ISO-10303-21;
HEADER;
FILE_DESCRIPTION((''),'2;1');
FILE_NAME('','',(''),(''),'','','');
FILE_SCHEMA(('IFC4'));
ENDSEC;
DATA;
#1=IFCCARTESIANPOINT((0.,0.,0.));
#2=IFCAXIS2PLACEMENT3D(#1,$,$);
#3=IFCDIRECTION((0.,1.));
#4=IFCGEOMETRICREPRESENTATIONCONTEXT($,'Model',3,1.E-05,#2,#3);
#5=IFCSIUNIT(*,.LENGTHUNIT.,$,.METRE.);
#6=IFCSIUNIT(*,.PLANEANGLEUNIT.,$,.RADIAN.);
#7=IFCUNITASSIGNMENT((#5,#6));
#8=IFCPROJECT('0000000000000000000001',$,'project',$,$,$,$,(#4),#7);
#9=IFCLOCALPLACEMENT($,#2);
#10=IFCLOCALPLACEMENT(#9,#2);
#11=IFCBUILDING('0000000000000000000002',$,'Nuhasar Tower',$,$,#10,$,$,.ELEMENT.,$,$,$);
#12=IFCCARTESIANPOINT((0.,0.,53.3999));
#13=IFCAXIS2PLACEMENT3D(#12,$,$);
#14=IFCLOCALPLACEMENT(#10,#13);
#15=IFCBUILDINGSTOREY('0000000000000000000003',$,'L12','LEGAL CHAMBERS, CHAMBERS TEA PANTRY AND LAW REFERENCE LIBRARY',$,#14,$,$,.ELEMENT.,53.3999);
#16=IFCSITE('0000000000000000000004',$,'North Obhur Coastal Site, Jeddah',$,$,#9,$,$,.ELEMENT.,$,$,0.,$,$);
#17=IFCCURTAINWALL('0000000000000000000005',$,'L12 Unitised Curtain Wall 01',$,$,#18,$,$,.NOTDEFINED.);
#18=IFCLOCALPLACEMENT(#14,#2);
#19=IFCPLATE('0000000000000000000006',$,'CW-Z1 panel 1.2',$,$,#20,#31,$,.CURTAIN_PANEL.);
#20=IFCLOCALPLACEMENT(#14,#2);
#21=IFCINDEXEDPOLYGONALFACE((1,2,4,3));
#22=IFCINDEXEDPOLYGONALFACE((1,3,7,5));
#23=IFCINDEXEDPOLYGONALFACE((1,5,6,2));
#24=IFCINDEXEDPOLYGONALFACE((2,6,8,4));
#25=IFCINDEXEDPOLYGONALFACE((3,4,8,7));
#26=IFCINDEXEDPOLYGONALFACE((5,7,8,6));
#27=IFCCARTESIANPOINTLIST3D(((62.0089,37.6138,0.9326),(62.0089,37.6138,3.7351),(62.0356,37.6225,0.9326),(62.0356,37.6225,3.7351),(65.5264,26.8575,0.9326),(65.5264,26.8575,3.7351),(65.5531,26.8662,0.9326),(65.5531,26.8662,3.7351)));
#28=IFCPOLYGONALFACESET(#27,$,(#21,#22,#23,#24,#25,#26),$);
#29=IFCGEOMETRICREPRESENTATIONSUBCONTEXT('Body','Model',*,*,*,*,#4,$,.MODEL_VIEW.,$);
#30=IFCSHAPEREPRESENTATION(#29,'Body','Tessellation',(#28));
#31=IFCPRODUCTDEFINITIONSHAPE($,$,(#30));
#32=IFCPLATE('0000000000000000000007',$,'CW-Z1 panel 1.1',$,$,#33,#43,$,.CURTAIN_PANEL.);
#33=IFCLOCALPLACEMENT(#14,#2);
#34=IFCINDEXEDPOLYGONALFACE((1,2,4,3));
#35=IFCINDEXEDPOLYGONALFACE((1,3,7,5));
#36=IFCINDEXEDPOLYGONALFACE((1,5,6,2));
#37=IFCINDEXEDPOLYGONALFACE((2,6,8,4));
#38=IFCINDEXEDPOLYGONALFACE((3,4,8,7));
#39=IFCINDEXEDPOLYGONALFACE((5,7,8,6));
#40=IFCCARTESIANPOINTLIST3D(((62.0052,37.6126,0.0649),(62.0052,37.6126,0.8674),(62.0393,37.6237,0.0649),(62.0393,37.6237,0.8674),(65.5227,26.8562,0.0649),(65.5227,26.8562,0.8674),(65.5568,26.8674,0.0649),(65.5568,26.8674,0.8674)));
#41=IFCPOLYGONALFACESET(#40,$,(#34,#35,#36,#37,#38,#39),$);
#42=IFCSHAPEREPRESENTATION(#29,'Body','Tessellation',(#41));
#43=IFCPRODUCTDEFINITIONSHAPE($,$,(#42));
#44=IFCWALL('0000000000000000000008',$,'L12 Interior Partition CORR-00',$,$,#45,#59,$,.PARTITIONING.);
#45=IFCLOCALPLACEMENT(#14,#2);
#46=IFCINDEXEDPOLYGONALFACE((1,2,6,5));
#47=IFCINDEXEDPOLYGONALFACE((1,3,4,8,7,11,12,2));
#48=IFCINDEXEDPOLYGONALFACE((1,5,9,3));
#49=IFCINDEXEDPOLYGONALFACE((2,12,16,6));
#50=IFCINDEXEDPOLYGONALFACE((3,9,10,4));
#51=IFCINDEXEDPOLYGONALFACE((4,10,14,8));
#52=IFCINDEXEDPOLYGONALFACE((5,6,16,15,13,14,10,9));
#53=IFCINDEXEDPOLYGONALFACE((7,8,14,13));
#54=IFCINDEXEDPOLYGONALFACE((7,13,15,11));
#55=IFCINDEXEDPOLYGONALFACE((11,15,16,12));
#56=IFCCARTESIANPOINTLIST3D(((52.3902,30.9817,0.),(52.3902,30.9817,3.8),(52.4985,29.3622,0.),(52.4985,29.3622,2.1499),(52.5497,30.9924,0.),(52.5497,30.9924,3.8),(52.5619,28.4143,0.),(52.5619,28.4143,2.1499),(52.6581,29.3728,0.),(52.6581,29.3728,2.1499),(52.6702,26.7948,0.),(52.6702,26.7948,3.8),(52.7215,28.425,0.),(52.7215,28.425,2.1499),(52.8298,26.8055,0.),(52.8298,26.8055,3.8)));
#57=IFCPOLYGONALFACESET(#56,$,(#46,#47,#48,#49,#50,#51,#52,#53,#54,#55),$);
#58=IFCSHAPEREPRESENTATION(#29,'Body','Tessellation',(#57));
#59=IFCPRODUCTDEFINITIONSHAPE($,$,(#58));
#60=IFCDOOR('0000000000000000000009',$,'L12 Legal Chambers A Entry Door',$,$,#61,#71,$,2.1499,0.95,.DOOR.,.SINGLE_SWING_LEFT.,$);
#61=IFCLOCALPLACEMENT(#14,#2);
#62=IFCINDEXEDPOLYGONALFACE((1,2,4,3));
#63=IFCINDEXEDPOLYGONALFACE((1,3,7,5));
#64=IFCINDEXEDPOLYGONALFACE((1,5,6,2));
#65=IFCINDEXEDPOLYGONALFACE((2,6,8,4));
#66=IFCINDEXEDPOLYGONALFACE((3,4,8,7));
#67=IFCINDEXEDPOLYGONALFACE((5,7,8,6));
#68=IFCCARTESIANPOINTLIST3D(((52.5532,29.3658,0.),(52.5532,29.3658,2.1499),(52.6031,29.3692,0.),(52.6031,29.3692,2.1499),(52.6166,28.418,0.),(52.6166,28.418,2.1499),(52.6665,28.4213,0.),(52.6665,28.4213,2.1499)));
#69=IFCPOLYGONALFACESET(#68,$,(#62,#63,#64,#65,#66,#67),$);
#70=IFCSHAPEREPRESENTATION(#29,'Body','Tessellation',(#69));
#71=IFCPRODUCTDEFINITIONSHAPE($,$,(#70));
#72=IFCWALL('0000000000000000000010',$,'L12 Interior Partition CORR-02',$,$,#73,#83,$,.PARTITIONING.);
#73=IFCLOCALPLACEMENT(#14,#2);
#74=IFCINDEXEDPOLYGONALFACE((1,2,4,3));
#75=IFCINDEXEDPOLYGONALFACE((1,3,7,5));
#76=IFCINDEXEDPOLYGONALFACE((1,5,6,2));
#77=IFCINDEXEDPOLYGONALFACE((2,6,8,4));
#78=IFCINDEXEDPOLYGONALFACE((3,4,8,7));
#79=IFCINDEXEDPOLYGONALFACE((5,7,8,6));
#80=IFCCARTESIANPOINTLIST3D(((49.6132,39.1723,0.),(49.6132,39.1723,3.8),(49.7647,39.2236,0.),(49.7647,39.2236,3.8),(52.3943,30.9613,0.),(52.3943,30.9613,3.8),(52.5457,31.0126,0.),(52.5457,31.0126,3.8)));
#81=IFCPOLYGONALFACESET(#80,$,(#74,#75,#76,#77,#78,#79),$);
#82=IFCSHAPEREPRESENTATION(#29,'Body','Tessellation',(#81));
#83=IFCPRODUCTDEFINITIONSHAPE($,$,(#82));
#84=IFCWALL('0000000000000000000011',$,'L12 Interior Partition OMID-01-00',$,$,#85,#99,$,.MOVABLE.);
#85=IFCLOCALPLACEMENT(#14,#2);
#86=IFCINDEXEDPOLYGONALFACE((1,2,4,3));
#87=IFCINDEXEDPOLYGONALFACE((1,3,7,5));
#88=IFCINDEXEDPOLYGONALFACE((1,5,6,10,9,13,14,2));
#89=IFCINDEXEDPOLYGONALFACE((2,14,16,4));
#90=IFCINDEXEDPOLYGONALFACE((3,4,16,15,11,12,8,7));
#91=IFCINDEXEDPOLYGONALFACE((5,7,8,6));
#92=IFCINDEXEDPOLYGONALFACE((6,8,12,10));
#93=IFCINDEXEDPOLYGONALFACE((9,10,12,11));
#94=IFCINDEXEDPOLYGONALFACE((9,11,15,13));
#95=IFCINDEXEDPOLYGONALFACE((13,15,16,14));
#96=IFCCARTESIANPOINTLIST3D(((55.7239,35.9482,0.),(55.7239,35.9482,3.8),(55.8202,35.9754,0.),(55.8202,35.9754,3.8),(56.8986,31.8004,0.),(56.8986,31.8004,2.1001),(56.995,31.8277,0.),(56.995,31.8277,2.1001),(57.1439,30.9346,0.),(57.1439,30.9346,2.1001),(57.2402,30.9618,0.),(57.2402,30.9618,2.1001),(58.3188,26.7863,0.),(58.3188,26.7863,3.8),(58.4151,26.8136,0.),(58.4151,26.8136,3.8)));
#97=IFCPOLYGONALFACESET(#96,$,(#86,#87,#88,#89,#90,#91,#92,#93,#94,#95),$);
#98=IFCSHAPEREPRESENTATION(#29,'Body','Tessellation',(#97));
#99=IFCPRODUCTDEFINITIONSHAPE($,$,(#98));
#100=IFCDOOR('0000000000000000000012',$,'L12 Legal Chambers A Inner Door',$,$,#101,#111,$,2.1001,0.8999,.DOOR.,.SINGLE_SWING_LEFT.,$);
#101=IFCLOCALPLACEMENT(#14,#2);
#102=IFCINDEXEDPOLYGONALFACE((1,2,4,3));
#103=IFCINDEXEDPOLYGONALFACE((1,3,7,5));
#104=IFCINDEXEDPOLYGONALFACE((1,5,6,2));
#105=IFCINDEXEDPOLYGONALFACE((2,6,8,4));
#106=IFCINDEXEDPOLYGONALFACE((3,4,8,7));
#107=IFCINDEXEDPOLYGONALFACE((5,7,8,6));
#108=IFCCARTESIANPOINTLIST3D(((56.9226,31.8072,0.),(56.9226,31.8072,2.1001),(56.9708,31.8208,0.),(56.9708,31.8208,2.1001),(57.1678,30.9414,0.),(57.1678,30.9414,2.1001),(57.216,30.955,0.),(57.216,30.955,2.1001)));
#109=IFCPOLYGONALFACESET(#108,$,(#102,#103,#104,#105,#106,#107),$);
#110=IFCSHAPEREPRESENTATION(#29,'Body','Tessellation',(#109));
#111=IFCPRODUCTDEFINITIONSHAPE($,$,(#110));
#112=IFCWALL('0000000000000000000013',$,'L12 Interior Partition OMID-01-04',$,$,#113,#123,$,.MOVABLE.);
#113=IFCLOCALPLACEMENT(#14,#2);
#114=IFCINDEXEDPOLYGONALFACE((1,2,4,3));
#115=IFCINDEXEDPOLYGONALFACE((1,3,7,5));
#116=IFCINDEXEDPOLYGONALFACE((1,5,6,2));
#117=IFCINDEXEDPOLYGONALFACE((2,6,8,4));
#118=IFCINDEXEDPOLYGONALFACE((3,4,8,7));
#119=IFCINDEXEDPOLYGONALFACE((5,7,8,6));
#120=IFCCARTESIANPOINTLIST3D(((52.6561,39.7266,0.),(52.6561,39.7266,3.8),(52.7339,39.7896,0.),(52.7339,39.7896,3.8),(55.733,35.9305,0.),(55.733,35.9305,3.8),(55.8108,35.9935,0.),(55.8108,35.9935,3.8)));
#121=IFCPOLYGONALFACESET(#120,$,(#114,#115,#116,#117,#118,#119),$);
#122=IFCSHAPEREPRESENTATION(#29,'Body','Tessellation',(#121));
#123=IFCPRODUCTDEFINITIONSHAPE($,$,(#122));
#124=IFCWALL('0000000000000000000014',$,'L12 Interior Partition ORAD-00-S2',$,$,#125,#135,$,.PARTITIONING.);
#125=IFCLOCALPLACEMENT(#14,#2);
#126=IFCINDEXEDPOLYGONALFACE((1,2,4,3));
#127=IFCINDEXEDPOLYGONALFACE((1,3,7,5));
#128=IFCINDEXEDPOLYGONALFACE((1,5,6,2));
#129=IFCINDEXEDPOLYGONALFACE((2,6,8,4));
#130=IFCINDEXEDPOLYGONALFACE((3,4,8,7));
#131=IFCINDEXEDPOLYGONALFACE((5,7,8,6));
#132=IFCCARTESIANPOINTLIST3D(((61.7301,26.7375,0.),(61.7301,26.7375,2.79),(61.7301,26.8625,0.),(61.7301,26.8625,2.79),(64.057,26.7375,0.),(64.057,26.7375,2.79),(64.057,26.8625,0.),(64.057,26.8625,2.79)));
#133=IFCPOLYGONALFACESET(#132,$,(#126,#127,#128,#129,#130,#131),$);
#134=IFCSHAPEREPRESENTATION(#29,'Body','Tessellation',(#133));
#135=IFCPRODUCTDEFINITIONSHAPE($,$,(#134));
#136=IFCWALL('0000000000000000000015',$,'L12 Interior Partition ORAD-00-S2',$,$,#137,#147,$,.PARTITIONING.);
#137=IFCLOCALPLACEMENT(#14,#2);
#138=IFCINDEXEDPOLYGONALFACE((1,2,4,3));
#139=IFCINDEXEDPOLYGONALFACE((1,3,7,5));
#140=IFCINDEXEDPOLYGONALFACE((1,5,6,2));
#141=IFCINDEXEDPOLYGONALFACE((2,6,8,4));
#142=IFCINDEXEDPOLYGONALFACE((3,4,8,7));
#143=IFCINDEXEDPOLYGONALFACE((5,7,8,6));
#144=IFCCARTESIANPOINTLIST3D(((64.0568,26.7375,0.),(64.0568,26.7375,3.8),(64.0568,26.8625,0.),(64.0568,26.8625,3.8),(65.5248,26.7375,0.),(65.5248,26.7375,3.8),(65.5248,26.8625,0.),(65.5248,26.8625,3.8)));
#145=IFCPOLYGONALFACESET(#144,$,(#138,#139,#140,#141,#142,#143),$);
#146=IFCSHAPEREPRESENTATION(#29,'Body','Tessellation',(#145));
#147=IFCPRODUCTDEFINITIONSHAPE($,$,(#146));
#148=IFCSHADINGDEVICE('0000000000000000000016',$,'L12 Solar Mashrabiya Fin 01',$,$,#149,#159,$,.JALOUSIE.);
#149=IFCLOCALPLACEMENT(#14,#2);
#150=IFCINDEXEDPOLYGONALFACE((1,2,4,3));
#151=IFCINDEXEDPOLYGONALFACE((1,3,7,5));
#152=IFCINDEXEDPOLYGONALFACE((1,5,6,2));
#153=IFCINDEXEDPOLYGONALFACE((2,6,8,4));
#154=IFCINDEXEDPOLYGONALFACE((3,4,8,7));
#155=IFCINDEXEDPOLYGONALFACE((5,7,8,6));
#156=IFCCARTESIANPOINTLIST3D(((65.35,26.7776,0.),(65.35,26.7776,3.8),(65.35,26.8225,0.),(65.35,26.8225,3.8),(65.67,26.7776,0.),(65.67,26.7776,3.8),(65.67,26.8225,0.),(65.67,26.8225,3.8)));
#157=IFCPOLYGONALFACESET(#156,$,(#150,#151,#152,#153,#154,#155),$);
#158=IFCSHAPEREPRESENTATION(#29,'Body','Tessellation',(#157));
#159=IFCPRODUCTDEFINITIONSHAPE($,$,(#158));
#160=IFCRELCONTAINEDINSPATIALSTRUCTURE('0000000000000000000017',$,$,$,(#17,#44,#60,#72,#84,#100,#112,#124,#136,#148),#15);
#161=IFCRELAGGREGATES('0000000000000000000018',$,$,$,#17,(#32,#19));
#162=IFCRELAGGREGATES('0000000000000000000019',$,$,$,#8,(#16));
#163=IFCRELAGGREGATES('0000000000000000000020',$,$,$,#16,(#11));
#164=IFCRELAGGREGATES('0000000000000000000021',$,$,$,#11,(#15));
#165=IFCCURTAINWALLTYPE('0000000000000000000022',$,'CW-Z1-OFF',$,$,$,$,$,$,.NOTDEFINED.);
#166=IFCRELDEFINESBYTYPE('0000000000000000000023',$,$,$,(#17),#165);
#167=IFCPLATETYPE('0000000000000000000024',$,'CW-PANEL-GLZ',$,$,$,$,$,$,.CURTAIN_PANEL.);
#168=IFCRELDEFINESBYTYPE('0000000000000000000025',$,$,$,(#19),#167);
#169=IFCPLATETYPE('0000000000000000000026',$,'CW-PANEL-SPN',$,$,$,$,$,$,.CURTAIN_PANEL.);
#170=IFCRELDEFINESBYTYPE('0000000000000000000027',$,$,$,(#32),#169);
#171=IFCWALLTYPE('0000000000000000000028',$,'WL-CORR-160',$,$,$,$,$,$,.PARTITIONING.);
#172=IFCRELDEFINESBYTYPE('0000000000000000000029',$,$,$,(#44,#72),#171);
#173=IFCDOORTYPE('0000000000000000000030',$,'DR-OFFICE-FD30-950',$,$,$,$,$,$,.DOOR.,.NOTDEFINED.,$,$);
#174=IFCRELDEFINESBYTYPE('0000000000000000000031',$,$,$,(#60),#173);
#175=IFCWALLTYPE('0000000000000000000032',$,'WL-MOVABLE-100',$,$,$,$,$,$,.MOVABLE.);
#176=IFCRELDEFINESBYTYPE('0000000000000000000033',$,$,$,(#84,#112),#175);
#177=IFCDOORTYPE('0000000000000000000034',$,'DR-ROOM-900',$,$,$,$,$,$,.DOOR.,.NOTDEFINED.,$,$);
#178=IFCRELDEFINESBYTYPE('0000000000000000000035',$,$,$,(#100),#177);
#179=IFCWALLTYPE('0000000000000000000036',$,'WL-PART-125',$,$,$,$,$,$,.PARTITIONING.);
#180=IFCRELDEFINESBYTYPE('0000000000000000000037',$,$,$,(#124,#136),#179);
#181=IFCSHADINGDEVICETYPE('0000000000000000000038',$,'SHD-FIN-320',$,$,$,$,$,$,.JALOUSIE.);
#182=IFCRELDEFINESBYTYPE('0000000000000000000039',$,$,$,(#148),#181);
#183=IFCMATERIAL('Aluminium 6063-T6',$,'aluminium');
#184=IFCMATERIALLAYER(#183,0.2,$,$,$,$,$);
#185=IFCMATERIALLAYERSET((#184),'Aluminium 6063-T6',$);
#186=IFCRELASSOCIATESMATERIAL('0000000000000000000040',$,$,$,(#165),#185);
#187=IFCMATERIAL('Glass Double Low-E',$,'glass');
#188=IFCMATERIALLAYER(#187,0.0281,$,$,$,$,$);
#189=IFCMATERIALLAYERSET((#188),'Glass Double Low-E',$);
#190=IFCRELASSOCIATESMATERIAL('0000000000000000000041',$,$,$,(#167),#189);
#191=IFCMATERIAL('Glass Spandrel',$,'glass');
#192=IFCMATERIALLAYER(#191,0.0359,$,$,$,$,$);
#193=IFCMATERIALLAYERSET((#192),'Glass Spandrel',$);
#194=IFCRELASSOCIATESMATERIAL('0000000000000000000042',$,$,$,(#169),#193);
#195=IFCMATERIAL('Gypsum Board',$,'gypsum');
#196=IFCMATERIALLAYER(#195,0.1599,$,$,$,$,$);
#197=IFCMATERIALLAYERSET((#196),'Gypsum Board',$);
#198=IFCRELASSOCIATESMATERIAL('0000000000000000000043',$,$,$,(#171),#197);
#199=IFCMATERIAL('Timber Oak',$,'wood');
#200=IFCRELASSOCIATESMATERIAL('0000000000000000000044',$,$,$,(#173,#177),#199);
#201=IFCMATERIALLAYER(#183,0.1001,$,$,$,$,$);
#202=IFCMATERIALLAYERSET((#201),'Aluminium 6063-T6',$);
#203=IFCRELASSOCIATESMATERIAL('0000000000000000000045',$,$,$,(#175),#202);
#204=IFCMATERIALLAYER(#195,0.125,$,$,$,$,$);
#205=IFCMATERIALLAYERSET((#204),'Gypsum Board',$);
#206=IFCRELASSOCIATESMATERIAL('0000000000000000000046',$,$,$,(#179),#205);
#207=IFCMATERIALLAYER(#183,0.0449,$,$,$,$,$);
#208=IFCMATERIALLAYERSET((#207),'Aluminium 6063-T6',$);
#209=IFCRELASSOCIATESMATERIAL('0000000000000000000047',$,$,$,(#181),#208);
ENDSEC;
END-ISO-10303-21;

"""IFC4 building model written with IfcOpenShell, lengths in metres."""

from ifc_helpers import new_model, si_unit, direction, frame, frame_2d, origin, origin_2d, place, context, subcontext, project, spatial, rectangle, extrude, material, layer, layer_set, type_object, element, fill, aggregate, save


model = new_model("IFC4")

# Units and contexts
model_context = context("Model", 3, precision=1e-05, world=origin(), true_north=direction((0.0, 1.0)))
body_context = subcontext(model_context, "Body", "Model", "MODEL_VIEW")
ifc_project = project(units=[si_unit("LENGTHUNIT", "METRE"), si_unit("PLANEANGLEUNIT", "RADIAN")], contexts=[model_context])

# Site, building, storey
site_placement = place(None, origin())
site = spatial("IfcSite", under=ifc_project, at=site_placement, Name="North Obhur Coastal Site, Jeddah", CompositionType="ELEMENT", RefElevation=0.0)
building_placement = place(site_placement, origin())
building = spatial("IfcBuilding", under=site, at=building_placement, Name="Nuhasar Tower", CompositionType="ELEMENT")
storey_placement = place(building_placement, frame((0.0, 0.0, 53.3999)))
storey = spatial("IfcBuildingStorey", under=building, at=storey_placement, Name="L12", Description="LEGAL CHAMBERS, CHAMBERS TEA PANTRY AND LAW REFERENCE LIBRARY", CompositionType="ELEMENT", Elevation=53.3999)

# Curtain wall
ifc_material_1 = material(Name="Aluminium 6063-T6", Category="aluminium")
ifc_layer_1 = layer(ifc_material_1, 0.2)
ifc_layer_set_1 = layer_set([ifc_layer_1], Name="Aluminium 6063-T6")
curtain_wall_type = type_object("IfcCurtainWallType", Name="CW-Z1-OFF", PredefinedType="NOTDEFINED", material=ifc_layer_set_1)
curtain_wall_placement = place(storey_placement, origin())
curtain_wall = element("IfcCurtainWall", 1, at=curtain_wall_placement, inside=storey, type_object=curtain_wall_type, Name="L12 Unitised Curtain Wall 01", PredefinedType="NOTDEFINED")

# Plates
ifc_material_2 = material(Name="Glass Double Low-E", Category="glass")
ifc_layer_2 = layer(ifc_material_2, 0.0281)
ifc_layer_set_2 = layer_set([ifc_layer_2], Name="Glass Double Low-E")
plate_type_1 = type_object("IfcPlateType", Name="CW-PANEL-GLZ", PredefinedType="CURTAIN_PANEL", material=ifc_layer_set_2)
plate_1_placement = place(storey_placement, frame((63.781, 32.24, 0.9326), z_axis=(0.0, 0.0, 1.0), x_axis=(-0.310824, 0.950468, 0.0)))
plate_1 = element("IfcPlate", 2, at=plate_1_placement, type_object=plate_type_1, Name="CW-Z1 panel 1.2", PredefinedType="CURTAIN_PANEL", context=body_context, shape_type="SweptSolid", body=[
    extrude(rectangle(XDim=11.3169, YDim=0.0281, at=origin_2d()), origin(), (0.0, 0.0, 1.0), 2.8025),
])
ifc_material_3 = material(Name="Glass Spandrel", Category="glass")
ifc_layer_3 = layer(ifc_material_3, 0.0359)
ifc_layer_set_3 = layer_set([ifc_layer_3], Name="Glass Spandrel")
plate_type_2 = type_object("IfcPlateType", Name="CW-PANEL-SPN", PredefinedType="CURTAIN_PANEL", material=ifc_layer_set_3)
plate_2_placement = place(storey_placement, frame((63.781, 32.24, 0.0649), z_axis=(0.0, 0.0, 1.0), x_axis=(-0.310824, 0.950468, 0.0)))
plate_2 = element("IfcPlate", 3, at=plate_2_placement, type_object=plate_type_2, Name="CW-Z1 panel 1.1", PredefinedType="CURTAIN_PANEL", context=body_context, shape_type="SweptSolid", body=[
    extrude(rectangle(XDim=11.3169, YDim=0.0359, at=origin_2d()), origin(), (0.0, 0.0, 1.0), 0.8025),
])
aggregate(curtain_wall, [plate_2, plate_1])

# Wall, opening, door
ifc_material_4 = material(Name="Gypsum Board", Category="gypsum")
ifc_layer_4 = layer(ifc_material_4, 0.1599)
ifc_layer_set_4 = layer_set([ifc_layer_4], Name="Gypsum Board")
wall_type_1 = type_object("IfcWallType", Name="WL-CORR-160", PredefinedType="PARTITIONING", material=ifc_layer_set_4)
wall_1_placement = place(storey_placement, frame((52.47, 30.9871, 0.0), z_axis=(0.0, 0.0, 1.0), x_axis=(0.066731, -0.997771, 0.0)))
wall_1 = element("IfcWall", 4, at=wall_1_placement, inside=storey, type_object=wall_type_1, Name="L12 Interior Partition CORR-00", PredefinedType="PARTITIONING", context=body_context, shape_type="SweptSolid", body=[
    extrude(rectangle(XDim=4.1963, YDim=0.1599, at=frame_2d((2.0981, 0.0))), origin(), (0.0, 0.0, 1.0), 3.8),
])
opening_1_placement = place(wall_1_placement, frame((1.623, 0.0, 0.0)))
opening_1 = element("IfcOpeningElement", 5, at=opening_1_placement, cuts=wall_1, PredefinedType="OPENING", context=body_context, shape_type="SweptSolid", body=[
    extrude(rectangle(XDim=0.95, YDim=2.1499, at=frame_2d((0.4751, 1.075))), frame((0.0, 0.0898, 0.0), z_axis=(0.0, -1.0, 0.0), x_axis=(1.0, 0.0, 0.0)), (0.0, 0.0, 1.0), 0.1799),
])
ifc_material_5 = material(Name="Timber Oak", Category="wood")
door_type_1 = type_object("IfcDoorType", Name="DR-OFFICE-FD30-950", OperationType="NOTDEFINED", PredefinedType="DOOR", material=ifc_material_5)
door_1_placement = place(opening_1_placement, origin())
door_1 = element("IfcDoor", 6, at=door_1_placement, inside=storey, type_object=door_type_1, Name="L12 Legal Chambers A Entry Door", OperationType="SINGLE_SWING_LEFT", OverallHeight=2.1499, OverallWidth=0.95, PredefinedType="DOOR", context=body_context, shape_type="SweptSolid", body=[
    extrude(rectangle(XDim=0.95, YDim=2.1499, at=frame_2d((0.4751, 1.075))), frame((0.0, 0.0249, 0.0), z_axis=(0.0, -1.0, 0.0), x_axis=(1.0, 0.0, 0.0)), (0.0, 0.0, 1.0), 0.05),
])
fill(opening_1, door_1)

# Wall
wall_2_placement = place(storey_placement, frame((52.47, 30.9871, 0.0), z_axis=(0.0, 0.0, 1.0), x_axis=(-0.320795, 0.947149, 0.0)))
element("IfcWall", 7, at=wall_2_placement, inside=storey, type_object=wall_type_1, Name="L12 Interior Partition CORR-02", PredefinedType="PARTITIONING", context=body_context, shape_type="SweptSolid", body=[
    extrude(rectangle(XDim=8.6692, YDim=0.1599, at=frame_2d((4.3345, 0.0))), origin(), (0.0, 0.0, 1.0), 3.8),
])

# Wall, opening, door
ifc_layer_5 = layer(ifc_material_1, 0.1001)
ifc_layer_set_5 = layer_set([ifc_layer_5], Name="Aluminium 6063-T6")
wall_type_2 = type_object("IfcWallType", Name="WL-MOVABLE-100", PredefinedType="MOVABLE", material=ifc_layer_set_5)
wall_3_placement = place(storey_placement, frame((55.772, 35.9619, 0.0), z_axis=(0.0, 0.0, 1.0), x_axis=(0.272516, -0.962151, 0.0)))
wall_3 = element("IfcWall", 8, at=wall_3_placement, inside=storey, type_object=wall_type_2, Name="L12 Interior Partition OMID-01-00", PredefinedType="MOVABLE", context=body_context, shape_type="SweptSolid", body=[
    extrude(rectangle(XDim=9.5222, YDim=0.1001, at=frame_2d((4.7612, 0.0))), origin(), (0.0, 0.0, 1.0), 3.8),
])
opening_2_placement = place(wall_3_placement, frame((4.311, 0.0, 0.0)))
opening_2 = element("IfcOpeningElement", 9, at=opening_2_placement, cuts=wall_3, PredefinedType="OPENING", context=body_context, shape_type="SweptSolid", body=[
    extrude(rectangle(XDim=0.8999, YDim=2.1001, at=frame_2d((0.45, 1.05))), frame((0.0, 0.0601, 0.0), z_axis=(0.0, -1.0, 0.0), x_axis=(1.0, 0.0, 0.0)), (0.0, 0.0, 1.0), 0.1201),
])
door_type_2 = type_object("IfcDoorType", Name="DR-ROOM-900", OperationType="NOTDEFINED", PredefinedType="DOOR", material=ifc_material_5)
door_2_placement = place(opening_2_placement, origin())
door_2 = element("IfcDoor", 10, at=door_2_placement, inside=storey, type_object=door_type_2, Name="L12 Legal Chambers A Inner Door", OperationType="SINGLE_SWING_LEFT", OverallHeight=2.1001, OverallWidth=0.8999, PredefinedType="DOOR", context=body_context, shape_type="SweptSolid", body=[
    extrude(rectangle(XDim=0.8999, YDim=2.1001, at=frame_2d((0.45, 1.05))), frame((0.0, 0.0249, 0.0), z_axis=(0.0, -1.0, 0.0), x_axis=(1.0, 0.0, 0.0)), (0.0, 0.0, 1.0), 0.05),
])
fill(opening_2, door_2)

# Walls
wall_4_placement = place(storey_placement, frame((55.772, 35.9619, 0.0), z_axis=(0.0, 0.0, 1.0), x_axis=(-0.629672, 0.776861, 0.0)))
element("IfcWall", 11, at=wall_4_placement, inside=storey, type_object=wall_type_2, Name="L12 Interior Partition OMID-01-04", PredefinedType="MOVABLE", context=body_context, shape_type="SweptSolid", body=[
    extrude(rectangle(XDim=4.8865, YDim=0.1001, at=frame_2d((2.4434, 0.0))), origin(), (0.0, 0.0, 1.0), 3.8),
])
ifc_layer_6 = layer(ifc_material_4, 0.125)
ifc_layer_set_6 = layer_set([ifc_layer_6], Name="Gypsum Board")
wall_type_3 = type_object("IfcWallType", Name="WL-PART-125", PredefinedType="PARTITIONING", material=ifc_layer_set_6)
wall_5_placement = place(storey_placement, frame((61.73, 26.8, 0.0), z_axis=(0.0, 0.0, 1.0), x_axis=(1.0, 0.0, 0.0)))
element("IfcWall", 12, at=wall_5_placement, inside=storey, type_object=wall_type_3, Name="L12 Interior Partition ORAD-00-S2", PredefinedType="PARTITIONING", context=body_context, shape_type="SweptSolid", body=[
    extrude(rectangle(XDim=2.3269, YDim=0.125, at=frame_2d((1.1636, 0.0))), origin(), (0.0, 0.0, 1.0), 2.79),
])
wall_6_placement = place(storey_placement, frame((64.0569, 26.8, 0.0), z_axis=(0.0, 0.0, 1.0), x_axis=(1.0, 0.0, 0.0)))
element("IfcWall", 13, at=wall_6_placement, inside=storey, type_object=wall_type_3, Name="L12 Interior Partition ORAD-00-S2", PredefinedType="PARTITIONING", context=body_context, shape_type="SweptSolid", body=[
    extrude(rectangle(XDim=1.468, YDim=0.125, at=frame_2d((0.7339, 0.0))), origin(), (0.0, 0.0, 1.0), 3.8),
])

# Shading device
ifc_layer_7 = layer(ifc_material_1, 0.0449)
ifc_layer_set_7 = layer_set([ifc_layer_7], Name="Aluminium 6063-T6")
shading_device_type = type_object("IfcShadingDeviceType", Name="SHD-FIN-320", PredefinedType="JALOUSIE", material=ifc_layer_set_7)
shading_device_placement = place(storey_placement, frame((65.51, 26.8, 0.0), z_axis=(0.0, 0.0, 1.0), x_axis=(1.0, 0.0, 0.0)))
element("IfcShadingDevice", 14, at=shading_device_placement, inside=storey, type_object=shading_device_type, Name="L12 Solar Mashrabiya Fin 01", PredefinedType="JALOUSIE", context=body_context, shape_type="SweptSolid", body=[
    extrude(rectangle(XDim=0.3201, YDim=0.0449, at=origin_2d()), origin(), (0.0, 0.0, 1.0), 3.8),
])

save(model, "model.ifc")
